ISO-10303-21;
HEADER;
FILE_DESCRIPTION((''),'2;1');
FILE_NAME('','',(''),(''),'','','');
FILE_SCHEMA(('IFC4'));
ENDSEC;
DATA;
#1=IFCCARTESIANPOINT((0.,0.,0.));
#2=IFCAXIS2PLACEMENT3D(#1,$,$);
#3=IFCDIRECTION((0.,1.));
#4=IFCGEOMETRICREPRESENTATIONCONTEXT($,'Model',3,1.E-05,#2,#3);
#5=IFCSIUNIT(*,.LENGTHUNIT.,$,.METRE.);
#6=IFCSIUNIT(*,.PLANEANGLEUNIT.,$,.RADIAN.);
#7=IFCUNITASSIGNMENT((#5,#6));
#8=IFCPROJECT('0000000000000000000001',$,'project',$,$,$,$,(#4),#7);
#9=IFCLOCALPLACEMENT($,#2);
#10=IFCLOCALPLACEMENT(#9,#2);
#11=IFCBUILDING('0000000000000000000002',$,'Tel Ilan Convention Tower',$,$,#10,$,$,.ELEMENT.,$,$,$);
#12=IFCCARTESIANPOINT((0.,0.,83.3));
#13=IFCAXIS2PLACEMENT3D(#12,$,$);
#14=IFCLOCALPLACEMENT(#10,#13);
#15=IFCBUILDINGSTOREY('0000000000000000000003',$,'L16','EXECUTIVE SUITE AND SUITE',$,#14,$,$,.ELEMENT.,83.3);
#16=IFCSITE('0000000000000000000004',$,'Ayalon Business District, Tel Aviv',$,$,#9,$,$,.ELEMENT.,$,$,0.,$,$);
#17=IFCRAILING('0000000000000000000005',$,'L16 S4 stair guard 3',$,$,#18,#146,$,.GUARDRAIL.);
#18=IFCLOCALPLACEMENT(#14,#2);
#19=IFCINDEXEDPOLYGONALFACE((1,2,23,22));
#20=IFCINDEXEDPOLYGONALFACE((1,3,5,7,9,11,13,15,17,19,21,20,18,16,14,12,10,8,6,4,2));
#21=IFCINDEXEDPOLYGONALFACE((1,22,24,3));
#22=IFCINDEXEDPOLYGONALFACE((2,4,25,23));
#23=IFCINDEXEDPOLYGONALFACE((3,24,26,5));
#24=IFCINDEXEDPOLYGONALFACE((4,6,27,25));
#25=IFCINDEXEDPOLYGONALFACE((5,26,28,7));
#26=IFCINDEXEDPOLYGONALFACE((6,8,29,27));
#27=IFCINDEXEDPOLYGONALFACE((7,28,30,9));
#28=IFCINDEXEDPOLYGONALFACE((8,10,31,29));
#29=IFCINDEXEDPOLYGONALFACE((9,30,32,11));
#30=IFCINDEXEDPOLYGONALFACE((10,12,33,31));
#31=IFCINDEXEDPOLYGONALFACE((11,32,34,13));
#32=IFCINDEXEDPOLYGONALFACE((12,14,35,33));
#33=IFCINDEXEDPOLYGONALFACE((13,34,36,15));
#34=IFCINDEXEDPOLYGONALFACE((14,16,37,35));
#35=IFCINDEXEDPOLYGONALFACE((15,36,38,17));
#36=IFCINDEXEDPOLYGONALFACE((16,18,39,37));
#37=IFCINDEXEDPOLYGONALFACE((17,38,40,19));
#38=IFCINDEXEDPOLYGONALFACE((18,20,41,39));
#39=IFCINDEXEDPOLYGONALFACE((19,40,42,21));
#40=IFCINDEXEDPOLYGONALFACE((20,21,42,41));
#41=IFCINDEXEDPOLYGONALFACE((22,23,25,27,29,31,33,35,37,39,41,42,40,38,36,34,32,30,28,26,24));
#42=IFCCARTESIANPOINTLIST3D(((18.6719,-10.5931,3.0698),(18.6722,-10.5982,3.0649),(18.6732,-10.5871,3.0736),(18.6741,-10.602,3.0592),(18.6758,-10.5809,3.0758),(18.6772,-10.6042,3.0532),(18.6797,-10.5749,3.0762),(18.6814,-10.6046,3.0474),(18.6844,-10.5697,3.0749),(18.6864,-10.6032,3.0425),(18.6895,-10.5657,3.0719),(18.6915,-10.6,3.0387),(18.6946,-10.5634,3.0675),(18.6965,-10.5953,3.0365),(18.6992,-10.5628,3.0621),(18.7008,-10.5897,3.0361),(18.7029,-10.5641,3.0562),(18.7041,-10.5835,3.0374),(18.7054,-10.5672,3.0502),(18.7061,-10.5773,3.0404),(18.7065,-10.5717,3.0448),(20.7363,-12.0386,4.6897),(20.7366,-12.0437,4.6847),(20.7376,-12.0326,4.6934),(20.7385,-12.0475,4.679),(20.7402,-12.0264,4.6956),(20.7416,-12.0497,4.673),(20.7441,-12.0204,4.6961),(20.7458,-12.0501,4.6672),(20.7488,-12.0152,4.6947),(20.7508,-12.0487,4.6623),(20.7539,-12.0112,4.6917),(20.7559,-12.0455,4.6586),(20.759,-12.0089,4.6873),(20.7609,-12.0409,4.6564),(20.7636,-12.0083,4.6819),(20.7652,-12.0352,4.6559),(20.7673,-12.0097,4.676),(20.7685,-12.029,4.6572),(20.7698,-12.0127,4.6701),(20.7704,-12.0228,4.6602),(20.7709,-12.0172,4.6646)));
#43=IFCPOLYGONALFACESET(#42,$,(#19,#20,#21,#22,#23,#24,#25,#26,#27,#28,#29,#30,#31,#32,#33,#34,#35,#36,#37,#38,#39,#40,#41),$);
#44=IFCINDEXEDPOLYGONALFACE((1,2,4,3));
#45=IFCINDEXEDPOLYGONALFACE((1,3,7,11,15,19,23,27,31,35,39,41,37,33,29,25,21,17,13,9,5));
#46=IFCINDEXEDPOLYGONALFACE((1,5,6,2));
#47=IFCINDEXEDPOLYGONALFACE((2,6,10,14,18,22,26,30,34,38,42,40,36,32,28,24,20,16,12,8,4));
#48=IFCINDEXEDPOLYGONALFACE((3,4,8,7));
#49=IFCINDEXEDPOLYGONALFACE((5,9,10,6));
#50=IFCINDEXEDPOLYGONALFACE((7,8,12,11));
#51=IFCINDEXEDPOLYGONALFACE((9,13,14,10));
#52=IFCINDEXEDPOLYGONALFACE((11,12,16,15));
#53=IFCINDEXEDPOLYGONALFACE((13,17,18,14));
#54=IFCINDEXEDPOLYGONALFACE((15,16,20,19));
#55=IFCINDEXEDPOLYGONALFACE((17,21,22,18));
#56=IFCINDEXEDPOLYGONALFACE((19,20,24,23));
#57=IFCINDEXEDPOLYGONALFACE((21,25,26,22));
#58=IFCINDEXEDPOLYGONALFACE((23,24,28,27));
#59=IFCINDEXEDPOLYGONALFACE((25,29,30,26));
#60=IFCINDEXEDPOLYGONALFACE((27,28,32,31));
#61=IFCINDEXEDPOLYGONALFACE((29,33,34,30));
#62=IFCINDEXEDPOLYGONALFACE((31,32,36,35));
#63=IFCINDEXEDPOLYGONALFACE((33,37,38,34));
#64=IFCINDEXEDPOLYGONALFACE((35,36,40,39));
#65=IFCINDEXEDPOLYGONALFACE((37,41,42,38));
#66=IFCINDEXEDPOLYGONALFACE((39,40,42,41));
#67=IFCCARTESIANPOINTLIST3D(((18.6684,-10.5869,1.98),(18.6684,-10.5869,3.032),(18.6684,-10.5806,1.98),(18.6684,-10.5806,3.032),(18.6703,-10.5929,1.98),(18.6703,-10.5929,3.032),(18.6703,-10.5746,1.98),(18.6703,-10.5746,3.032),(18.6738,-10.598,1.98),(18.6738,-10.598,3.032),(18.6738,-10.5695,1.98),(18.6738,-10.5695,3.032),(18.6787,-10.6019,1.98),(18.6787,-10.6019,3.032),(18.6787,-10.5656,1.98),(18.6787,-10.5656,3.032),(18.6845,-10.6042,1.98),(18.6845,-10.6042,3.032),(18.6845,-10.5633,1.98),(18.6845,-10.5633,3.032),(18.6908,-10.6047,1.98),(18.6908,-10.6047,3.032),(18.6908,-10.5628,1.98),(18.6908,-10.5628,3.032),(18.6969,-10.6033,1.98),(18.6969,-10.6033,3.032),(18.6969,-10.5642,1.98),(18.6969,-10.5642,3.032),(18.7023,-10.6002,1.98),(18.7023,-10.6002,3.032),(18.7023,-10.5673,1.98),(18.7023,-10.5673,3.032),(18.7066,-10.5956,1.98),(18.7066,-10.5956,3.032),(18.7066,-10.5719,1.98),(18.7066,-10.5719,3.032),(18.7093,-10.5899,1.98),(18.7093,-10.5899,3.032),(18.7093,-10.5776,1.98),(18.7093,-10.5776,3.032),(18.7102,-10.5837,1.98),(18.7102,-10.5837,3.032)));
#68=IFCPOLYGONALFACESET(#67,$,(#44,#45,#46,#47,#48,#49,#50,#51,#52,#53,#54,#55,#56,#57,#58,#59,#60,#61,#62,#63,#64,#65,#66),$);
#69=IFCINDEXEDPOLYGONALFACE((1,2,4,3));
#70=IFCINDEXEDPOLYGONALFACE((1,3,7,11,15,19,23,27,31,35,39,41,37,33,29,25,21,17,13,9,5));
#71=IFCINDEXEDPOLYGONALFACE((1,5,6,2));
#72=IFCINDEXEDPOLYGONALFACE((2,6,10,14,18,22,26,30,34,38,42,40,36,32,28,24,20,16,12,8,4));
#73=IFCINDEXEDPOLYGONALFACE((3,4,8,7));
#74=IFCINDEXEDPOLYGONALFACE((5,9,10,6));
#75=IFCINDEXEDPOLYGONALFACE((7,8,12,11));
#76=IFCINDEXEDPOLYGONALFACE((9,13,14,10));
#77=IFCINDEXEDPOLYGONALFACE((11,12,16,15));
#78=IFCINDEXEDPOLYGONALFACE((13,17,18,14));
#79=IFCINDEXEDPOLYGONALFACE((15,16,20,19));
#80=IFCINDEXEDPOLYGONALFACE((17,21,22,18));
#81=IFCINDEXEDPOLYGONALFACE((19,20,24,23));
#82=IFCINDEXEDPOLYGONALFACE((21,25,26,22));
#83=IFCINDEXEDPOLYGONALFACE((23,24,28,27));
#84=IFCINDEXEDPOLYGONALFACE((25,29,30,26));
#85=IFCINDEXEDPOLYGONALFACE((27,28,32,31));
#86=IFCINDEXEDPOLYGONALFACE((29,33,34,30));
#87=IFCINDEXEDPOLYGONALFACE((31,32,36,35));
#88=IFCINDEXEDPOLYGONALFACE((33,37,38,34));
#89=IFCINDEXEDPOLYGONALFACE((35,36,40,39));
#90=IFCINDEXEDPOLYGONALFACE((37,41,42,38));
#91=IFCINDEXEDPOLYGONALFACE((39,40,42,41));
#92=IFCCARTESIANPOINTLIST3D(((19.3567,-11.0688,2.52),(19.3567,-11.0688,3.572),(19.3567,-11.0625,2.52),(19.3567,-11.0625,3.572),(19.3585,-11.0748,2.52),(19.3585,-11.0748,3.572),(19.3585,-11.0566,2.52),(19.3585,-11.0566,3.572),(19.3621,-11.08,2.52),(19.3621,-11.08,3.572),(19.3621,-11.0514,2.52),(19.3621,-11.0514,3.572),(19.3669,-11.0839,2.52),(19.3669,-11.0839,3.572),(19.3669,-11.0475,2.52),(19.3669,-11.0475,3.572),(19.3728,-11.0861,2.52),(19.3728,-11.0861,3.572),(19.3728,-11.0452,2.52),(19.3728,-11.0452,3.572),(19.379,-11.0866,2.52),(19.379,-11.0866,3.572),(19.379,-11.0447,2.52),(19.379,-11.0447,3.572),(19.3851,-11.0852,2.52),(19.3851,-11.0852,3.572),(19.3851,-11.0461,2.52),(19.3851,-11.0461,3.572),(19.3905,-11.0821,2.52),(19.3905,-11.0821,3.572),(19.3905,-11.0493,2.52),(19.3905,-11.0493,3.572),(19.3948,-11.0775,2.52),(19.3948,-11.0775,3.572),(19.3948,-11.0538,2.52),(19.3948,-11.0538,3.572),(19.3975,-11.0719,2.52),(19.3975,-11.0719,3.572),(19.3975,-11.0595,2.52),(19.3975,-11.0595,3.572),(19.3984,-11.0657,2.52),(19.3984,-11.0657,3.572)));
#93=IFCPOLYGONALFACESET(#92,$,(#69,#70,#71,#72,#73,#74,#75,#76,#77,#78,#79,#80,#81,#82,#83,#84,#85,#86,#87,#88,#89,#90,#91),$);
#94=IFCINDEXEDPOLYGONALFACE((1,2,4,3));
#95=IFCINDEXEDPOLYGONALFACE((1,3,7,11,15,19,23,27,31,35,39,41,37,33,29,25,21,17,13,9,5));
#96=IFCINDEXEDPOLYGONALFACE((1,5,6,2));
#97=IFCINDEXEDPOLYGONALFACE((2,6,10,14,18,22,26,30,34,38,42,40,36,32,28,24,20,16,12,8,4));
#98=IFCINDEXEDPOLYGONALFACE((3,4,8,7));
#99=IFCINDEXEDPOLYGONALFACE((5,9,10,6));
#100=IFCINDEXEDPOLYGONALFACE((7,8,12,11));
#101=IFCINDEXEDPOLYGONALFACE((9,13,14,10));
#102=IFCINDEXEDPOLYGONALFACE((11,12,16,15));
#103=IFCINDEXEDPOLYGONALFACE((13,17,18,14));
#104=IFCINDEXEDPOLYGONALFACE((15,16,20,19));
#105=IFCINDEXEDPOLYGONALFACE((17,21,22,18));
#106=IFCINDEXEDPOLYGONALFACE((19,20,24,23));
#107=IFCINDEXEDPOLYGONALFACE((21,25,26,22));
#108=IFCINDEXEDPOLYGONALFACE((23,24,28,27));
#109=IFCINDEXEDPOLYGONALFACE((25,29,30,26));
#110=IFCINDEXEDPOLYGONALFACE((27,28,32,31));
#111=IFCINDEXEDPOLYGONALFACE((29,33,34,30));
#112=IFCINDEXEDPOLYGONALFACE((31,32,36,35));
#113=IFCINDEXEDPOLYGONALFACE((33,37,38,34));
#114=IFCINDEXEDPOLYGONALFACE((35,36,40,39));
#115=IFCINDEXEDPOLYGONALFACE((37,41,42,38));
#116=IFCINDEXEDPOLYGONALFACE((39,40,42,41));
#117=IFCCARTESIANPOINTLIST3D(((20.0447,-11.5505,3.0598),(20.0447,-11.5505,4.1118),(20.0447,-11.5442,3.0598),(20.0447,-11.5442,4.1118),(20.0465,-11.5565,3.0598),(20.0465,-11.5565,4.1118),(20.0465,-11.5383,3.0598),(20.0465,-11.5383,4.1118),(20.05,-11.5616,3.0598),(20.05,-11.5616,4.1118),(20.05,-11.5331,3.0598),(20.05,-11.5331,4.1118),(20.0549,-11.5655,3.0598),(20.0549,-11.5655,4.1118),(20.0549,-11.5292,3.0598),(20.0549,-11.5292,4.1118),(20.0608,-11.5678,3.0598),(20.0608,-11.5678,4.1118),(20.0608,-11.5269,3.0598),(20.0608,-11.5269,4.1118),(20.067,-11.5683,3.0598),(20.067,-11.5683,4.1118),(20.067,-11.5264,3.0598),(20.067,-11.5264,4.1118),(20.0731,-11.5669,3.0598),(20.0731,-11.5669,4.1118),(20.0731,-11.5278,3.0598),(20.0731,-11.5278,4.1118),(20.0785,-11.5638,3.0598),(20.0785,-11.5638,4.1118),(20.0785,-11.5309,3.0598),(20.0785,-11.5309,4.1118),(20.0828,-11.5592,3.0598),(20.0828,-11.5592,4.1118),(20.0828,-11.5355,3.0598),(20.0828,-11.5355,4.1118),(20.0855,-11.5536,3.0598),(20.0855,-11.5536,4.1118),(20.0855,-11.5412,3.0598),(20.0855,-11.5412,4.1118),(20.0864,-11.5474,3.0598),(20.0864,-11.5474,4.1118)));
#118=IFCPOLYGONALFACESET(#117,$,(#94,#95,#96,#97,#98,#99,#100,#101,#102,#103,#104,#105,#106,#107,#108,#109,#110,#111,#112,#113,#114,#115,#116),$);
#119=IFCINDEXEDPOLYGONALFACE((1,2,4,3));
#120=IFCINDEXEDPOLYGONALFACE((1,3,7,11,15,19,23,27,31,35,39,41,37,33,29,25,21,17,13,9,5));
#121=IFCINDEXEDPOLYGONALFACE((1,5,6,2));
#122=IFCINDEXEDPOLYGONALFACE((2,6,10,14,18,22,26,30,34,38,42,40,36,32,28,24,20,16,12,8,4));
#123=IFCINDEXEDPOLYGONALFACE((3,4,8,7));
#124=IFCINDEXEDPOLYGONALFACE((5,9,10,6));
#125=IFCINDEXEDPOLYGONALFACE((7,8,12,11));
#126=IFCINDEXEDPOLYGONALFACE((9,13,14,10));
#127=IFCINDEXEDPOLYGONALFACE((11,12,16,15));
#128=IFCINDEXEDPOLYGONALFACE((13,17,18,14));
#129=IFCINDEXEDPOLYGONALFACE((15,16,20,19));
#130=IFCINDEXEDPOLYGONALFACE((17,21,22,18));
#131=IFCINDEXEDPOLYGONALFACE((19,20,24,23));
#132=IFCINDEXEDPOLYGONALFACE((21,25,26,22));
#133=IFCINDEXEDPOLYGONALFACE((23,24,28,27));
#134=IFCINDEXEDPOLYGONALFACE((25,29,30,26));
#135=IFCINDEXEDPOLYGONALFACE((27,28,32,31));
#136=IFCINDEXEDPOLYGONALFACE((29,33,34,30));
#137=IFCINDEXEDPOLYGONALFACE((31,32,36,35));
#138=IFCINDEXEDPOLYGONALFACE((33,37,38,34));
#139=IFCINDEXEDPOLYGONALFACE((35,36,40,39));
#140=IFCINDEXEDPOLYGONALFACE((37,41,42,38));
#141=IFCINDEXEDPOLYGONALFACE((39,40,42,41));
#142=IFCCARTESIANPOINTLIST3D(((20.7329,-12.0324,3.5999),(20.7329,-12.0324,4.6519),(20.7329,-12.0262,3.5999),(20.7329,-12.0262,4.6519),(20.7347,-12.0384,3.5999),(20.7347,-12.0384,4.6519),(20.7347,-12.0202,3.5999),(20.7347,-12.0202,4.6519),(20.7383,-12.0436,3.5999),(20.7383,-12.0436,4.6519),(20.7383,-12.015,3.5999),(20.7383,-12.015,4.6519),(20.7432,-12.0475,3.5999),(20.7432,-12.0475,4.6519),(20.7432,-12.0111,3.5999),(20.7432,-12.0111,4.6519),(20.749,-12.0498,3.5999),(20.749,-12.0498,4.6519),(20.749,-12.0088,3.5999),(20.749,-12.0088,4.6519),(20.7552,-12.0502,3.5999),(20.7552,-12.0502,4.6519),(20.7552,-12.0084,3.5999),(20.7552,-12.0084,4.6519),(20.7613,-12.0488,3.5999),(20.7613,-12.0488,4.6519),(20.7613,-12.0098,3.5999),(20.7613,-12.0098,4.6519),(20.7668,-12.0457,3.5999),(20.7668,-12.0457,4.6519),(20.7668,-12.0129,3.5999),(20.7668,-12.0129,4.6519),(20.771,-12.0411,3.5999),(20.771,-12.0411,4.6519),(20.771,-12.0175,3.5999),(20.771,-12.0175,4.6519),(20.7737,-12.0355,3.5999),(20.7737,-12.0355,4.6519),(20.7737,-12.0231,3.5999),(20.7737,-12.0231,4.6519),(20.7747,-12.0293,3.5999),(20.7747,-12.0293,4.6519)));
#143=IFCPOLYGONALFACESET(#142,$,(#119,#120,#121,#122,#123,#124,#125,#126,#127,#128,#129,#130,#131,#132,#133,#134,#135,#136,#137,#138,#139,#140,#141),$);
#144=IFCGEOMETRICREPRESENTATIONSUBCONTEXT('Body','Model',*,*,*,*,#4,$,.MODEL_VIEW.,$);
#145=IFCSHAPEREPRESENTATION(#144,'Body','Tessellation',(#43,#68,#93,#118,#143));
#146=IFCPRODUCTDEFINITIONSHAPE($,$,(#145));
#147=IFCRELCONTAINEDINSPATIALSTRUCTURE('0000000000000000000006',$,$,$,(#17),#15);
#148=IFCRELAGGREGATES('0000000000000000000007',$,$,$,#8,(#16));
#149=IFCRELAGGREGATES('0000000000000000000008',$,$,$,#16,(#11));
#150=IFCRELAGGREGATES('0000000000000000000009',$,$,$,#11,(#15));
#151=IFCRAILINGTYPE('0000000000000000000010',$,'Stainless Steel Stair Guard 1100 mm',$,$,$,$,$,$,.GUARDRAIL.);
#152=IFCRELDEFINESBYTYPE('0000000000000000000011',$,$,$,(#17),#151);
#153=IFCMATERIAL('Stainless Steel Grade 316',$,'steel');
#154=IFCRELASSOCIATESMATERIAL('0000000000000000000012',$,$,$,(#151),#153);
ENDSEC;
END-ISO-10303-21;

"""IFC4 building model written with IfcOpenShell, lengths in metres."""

from ifc_helpers import new_model, si_unit, direction, frame, origin, origin_2d, place, context, subcontext, project, spatial, circle, extrude, material, type_object, element, save


model = new_model("IFC4")

# Units and contexts
model_context = context("Model", 3, precision=1e-05, world=origin(), true_north=direction((0.0, 1.0)))
body_context = subcontext(model_context, "Body", "Model", "MODEL_VIEW")
ifc_project = project(units=[si_unit("LENGTHUNIT", "METRE"), si_unit("PLANEANGLEUNIT", "RADIAN")], contexts=[model_context])

# Site, building, storey
site_placement = place(None, origin())
site = spatial("IfcSite", under=ifc_project, at=site_placement, Name="Ayalon Business District, Tel Aviv", CompositionType="ELEMENT", RefElevation=0.0)
building_placement = place(site_placement, origin())
building = spatial("IfcBuilding", under=site, at=building_placement, Name="Tel Ilan Convention Tower", CompositionType="ELEMENT")
storey_placement = place(building_placement, frame((0.0, 0.0, 83.3)))
storey = spatial("IfcBuildingStorey", under=building, at=storey_placement, Name="L16", Description="EXECUTIVE SUITE AND SUITE", CompositionType="ELEMENT", Elevation=83.3)

# Railing
ifc_material_1 = material(Name="Stainless Steel Grade 316", Category="steel")
railing_type_1 = type_object("IfcRailingType", Name="Stainless Steel Stair Guard 1100 mm", PredefinedType="GUARDRAIL", material=ifc_material_1)
railing_1_placement = place(storey_placement, frame((18.6892, -10.5837, 1.98)))
element("IfcRailing", 1, at=railing_1_placement, inside=storey, type_object=railing_type_1, Name="L16 S4 stair guard 3", PredefinedType="GUARDRAIL", context=body_context, shape_type="SweptSolid", body=[
    extrude(circle(Radius=0.0239, at=origin_2d()), frame((0.0, 0.0, 1.0762), z_axis=(0.689086, -0.482507, 0.540691), x_axis=(0.573579, 0.81915, 0.0)), (0.0, 0.0, 1.0), 2.9958),
    extrude(circle(Radius=0.021, at=origin_2d()), origin(), (0.0, 0.0, 1.0), 1.052),
    extrude(circle(Radius=0.021, at=origin_2d()), frame((0.6882, -0.4819, 0.54)), (0.0, 0.0, 1.0), 1.052),
    extrude(circle(Radius=0.021, at=origin_2d()), frame((1.3762, -0.9636, 1.0798)), (0.0, 0.0, 1.0), 1.052),
    extrude(circle(Radius=0.021, at=origin_2d()), frame((2.0645, -1.4456, 1.6199)), (0.0, 0.0, 1.0), 1.052),
])

save(model, "model.ifc")
